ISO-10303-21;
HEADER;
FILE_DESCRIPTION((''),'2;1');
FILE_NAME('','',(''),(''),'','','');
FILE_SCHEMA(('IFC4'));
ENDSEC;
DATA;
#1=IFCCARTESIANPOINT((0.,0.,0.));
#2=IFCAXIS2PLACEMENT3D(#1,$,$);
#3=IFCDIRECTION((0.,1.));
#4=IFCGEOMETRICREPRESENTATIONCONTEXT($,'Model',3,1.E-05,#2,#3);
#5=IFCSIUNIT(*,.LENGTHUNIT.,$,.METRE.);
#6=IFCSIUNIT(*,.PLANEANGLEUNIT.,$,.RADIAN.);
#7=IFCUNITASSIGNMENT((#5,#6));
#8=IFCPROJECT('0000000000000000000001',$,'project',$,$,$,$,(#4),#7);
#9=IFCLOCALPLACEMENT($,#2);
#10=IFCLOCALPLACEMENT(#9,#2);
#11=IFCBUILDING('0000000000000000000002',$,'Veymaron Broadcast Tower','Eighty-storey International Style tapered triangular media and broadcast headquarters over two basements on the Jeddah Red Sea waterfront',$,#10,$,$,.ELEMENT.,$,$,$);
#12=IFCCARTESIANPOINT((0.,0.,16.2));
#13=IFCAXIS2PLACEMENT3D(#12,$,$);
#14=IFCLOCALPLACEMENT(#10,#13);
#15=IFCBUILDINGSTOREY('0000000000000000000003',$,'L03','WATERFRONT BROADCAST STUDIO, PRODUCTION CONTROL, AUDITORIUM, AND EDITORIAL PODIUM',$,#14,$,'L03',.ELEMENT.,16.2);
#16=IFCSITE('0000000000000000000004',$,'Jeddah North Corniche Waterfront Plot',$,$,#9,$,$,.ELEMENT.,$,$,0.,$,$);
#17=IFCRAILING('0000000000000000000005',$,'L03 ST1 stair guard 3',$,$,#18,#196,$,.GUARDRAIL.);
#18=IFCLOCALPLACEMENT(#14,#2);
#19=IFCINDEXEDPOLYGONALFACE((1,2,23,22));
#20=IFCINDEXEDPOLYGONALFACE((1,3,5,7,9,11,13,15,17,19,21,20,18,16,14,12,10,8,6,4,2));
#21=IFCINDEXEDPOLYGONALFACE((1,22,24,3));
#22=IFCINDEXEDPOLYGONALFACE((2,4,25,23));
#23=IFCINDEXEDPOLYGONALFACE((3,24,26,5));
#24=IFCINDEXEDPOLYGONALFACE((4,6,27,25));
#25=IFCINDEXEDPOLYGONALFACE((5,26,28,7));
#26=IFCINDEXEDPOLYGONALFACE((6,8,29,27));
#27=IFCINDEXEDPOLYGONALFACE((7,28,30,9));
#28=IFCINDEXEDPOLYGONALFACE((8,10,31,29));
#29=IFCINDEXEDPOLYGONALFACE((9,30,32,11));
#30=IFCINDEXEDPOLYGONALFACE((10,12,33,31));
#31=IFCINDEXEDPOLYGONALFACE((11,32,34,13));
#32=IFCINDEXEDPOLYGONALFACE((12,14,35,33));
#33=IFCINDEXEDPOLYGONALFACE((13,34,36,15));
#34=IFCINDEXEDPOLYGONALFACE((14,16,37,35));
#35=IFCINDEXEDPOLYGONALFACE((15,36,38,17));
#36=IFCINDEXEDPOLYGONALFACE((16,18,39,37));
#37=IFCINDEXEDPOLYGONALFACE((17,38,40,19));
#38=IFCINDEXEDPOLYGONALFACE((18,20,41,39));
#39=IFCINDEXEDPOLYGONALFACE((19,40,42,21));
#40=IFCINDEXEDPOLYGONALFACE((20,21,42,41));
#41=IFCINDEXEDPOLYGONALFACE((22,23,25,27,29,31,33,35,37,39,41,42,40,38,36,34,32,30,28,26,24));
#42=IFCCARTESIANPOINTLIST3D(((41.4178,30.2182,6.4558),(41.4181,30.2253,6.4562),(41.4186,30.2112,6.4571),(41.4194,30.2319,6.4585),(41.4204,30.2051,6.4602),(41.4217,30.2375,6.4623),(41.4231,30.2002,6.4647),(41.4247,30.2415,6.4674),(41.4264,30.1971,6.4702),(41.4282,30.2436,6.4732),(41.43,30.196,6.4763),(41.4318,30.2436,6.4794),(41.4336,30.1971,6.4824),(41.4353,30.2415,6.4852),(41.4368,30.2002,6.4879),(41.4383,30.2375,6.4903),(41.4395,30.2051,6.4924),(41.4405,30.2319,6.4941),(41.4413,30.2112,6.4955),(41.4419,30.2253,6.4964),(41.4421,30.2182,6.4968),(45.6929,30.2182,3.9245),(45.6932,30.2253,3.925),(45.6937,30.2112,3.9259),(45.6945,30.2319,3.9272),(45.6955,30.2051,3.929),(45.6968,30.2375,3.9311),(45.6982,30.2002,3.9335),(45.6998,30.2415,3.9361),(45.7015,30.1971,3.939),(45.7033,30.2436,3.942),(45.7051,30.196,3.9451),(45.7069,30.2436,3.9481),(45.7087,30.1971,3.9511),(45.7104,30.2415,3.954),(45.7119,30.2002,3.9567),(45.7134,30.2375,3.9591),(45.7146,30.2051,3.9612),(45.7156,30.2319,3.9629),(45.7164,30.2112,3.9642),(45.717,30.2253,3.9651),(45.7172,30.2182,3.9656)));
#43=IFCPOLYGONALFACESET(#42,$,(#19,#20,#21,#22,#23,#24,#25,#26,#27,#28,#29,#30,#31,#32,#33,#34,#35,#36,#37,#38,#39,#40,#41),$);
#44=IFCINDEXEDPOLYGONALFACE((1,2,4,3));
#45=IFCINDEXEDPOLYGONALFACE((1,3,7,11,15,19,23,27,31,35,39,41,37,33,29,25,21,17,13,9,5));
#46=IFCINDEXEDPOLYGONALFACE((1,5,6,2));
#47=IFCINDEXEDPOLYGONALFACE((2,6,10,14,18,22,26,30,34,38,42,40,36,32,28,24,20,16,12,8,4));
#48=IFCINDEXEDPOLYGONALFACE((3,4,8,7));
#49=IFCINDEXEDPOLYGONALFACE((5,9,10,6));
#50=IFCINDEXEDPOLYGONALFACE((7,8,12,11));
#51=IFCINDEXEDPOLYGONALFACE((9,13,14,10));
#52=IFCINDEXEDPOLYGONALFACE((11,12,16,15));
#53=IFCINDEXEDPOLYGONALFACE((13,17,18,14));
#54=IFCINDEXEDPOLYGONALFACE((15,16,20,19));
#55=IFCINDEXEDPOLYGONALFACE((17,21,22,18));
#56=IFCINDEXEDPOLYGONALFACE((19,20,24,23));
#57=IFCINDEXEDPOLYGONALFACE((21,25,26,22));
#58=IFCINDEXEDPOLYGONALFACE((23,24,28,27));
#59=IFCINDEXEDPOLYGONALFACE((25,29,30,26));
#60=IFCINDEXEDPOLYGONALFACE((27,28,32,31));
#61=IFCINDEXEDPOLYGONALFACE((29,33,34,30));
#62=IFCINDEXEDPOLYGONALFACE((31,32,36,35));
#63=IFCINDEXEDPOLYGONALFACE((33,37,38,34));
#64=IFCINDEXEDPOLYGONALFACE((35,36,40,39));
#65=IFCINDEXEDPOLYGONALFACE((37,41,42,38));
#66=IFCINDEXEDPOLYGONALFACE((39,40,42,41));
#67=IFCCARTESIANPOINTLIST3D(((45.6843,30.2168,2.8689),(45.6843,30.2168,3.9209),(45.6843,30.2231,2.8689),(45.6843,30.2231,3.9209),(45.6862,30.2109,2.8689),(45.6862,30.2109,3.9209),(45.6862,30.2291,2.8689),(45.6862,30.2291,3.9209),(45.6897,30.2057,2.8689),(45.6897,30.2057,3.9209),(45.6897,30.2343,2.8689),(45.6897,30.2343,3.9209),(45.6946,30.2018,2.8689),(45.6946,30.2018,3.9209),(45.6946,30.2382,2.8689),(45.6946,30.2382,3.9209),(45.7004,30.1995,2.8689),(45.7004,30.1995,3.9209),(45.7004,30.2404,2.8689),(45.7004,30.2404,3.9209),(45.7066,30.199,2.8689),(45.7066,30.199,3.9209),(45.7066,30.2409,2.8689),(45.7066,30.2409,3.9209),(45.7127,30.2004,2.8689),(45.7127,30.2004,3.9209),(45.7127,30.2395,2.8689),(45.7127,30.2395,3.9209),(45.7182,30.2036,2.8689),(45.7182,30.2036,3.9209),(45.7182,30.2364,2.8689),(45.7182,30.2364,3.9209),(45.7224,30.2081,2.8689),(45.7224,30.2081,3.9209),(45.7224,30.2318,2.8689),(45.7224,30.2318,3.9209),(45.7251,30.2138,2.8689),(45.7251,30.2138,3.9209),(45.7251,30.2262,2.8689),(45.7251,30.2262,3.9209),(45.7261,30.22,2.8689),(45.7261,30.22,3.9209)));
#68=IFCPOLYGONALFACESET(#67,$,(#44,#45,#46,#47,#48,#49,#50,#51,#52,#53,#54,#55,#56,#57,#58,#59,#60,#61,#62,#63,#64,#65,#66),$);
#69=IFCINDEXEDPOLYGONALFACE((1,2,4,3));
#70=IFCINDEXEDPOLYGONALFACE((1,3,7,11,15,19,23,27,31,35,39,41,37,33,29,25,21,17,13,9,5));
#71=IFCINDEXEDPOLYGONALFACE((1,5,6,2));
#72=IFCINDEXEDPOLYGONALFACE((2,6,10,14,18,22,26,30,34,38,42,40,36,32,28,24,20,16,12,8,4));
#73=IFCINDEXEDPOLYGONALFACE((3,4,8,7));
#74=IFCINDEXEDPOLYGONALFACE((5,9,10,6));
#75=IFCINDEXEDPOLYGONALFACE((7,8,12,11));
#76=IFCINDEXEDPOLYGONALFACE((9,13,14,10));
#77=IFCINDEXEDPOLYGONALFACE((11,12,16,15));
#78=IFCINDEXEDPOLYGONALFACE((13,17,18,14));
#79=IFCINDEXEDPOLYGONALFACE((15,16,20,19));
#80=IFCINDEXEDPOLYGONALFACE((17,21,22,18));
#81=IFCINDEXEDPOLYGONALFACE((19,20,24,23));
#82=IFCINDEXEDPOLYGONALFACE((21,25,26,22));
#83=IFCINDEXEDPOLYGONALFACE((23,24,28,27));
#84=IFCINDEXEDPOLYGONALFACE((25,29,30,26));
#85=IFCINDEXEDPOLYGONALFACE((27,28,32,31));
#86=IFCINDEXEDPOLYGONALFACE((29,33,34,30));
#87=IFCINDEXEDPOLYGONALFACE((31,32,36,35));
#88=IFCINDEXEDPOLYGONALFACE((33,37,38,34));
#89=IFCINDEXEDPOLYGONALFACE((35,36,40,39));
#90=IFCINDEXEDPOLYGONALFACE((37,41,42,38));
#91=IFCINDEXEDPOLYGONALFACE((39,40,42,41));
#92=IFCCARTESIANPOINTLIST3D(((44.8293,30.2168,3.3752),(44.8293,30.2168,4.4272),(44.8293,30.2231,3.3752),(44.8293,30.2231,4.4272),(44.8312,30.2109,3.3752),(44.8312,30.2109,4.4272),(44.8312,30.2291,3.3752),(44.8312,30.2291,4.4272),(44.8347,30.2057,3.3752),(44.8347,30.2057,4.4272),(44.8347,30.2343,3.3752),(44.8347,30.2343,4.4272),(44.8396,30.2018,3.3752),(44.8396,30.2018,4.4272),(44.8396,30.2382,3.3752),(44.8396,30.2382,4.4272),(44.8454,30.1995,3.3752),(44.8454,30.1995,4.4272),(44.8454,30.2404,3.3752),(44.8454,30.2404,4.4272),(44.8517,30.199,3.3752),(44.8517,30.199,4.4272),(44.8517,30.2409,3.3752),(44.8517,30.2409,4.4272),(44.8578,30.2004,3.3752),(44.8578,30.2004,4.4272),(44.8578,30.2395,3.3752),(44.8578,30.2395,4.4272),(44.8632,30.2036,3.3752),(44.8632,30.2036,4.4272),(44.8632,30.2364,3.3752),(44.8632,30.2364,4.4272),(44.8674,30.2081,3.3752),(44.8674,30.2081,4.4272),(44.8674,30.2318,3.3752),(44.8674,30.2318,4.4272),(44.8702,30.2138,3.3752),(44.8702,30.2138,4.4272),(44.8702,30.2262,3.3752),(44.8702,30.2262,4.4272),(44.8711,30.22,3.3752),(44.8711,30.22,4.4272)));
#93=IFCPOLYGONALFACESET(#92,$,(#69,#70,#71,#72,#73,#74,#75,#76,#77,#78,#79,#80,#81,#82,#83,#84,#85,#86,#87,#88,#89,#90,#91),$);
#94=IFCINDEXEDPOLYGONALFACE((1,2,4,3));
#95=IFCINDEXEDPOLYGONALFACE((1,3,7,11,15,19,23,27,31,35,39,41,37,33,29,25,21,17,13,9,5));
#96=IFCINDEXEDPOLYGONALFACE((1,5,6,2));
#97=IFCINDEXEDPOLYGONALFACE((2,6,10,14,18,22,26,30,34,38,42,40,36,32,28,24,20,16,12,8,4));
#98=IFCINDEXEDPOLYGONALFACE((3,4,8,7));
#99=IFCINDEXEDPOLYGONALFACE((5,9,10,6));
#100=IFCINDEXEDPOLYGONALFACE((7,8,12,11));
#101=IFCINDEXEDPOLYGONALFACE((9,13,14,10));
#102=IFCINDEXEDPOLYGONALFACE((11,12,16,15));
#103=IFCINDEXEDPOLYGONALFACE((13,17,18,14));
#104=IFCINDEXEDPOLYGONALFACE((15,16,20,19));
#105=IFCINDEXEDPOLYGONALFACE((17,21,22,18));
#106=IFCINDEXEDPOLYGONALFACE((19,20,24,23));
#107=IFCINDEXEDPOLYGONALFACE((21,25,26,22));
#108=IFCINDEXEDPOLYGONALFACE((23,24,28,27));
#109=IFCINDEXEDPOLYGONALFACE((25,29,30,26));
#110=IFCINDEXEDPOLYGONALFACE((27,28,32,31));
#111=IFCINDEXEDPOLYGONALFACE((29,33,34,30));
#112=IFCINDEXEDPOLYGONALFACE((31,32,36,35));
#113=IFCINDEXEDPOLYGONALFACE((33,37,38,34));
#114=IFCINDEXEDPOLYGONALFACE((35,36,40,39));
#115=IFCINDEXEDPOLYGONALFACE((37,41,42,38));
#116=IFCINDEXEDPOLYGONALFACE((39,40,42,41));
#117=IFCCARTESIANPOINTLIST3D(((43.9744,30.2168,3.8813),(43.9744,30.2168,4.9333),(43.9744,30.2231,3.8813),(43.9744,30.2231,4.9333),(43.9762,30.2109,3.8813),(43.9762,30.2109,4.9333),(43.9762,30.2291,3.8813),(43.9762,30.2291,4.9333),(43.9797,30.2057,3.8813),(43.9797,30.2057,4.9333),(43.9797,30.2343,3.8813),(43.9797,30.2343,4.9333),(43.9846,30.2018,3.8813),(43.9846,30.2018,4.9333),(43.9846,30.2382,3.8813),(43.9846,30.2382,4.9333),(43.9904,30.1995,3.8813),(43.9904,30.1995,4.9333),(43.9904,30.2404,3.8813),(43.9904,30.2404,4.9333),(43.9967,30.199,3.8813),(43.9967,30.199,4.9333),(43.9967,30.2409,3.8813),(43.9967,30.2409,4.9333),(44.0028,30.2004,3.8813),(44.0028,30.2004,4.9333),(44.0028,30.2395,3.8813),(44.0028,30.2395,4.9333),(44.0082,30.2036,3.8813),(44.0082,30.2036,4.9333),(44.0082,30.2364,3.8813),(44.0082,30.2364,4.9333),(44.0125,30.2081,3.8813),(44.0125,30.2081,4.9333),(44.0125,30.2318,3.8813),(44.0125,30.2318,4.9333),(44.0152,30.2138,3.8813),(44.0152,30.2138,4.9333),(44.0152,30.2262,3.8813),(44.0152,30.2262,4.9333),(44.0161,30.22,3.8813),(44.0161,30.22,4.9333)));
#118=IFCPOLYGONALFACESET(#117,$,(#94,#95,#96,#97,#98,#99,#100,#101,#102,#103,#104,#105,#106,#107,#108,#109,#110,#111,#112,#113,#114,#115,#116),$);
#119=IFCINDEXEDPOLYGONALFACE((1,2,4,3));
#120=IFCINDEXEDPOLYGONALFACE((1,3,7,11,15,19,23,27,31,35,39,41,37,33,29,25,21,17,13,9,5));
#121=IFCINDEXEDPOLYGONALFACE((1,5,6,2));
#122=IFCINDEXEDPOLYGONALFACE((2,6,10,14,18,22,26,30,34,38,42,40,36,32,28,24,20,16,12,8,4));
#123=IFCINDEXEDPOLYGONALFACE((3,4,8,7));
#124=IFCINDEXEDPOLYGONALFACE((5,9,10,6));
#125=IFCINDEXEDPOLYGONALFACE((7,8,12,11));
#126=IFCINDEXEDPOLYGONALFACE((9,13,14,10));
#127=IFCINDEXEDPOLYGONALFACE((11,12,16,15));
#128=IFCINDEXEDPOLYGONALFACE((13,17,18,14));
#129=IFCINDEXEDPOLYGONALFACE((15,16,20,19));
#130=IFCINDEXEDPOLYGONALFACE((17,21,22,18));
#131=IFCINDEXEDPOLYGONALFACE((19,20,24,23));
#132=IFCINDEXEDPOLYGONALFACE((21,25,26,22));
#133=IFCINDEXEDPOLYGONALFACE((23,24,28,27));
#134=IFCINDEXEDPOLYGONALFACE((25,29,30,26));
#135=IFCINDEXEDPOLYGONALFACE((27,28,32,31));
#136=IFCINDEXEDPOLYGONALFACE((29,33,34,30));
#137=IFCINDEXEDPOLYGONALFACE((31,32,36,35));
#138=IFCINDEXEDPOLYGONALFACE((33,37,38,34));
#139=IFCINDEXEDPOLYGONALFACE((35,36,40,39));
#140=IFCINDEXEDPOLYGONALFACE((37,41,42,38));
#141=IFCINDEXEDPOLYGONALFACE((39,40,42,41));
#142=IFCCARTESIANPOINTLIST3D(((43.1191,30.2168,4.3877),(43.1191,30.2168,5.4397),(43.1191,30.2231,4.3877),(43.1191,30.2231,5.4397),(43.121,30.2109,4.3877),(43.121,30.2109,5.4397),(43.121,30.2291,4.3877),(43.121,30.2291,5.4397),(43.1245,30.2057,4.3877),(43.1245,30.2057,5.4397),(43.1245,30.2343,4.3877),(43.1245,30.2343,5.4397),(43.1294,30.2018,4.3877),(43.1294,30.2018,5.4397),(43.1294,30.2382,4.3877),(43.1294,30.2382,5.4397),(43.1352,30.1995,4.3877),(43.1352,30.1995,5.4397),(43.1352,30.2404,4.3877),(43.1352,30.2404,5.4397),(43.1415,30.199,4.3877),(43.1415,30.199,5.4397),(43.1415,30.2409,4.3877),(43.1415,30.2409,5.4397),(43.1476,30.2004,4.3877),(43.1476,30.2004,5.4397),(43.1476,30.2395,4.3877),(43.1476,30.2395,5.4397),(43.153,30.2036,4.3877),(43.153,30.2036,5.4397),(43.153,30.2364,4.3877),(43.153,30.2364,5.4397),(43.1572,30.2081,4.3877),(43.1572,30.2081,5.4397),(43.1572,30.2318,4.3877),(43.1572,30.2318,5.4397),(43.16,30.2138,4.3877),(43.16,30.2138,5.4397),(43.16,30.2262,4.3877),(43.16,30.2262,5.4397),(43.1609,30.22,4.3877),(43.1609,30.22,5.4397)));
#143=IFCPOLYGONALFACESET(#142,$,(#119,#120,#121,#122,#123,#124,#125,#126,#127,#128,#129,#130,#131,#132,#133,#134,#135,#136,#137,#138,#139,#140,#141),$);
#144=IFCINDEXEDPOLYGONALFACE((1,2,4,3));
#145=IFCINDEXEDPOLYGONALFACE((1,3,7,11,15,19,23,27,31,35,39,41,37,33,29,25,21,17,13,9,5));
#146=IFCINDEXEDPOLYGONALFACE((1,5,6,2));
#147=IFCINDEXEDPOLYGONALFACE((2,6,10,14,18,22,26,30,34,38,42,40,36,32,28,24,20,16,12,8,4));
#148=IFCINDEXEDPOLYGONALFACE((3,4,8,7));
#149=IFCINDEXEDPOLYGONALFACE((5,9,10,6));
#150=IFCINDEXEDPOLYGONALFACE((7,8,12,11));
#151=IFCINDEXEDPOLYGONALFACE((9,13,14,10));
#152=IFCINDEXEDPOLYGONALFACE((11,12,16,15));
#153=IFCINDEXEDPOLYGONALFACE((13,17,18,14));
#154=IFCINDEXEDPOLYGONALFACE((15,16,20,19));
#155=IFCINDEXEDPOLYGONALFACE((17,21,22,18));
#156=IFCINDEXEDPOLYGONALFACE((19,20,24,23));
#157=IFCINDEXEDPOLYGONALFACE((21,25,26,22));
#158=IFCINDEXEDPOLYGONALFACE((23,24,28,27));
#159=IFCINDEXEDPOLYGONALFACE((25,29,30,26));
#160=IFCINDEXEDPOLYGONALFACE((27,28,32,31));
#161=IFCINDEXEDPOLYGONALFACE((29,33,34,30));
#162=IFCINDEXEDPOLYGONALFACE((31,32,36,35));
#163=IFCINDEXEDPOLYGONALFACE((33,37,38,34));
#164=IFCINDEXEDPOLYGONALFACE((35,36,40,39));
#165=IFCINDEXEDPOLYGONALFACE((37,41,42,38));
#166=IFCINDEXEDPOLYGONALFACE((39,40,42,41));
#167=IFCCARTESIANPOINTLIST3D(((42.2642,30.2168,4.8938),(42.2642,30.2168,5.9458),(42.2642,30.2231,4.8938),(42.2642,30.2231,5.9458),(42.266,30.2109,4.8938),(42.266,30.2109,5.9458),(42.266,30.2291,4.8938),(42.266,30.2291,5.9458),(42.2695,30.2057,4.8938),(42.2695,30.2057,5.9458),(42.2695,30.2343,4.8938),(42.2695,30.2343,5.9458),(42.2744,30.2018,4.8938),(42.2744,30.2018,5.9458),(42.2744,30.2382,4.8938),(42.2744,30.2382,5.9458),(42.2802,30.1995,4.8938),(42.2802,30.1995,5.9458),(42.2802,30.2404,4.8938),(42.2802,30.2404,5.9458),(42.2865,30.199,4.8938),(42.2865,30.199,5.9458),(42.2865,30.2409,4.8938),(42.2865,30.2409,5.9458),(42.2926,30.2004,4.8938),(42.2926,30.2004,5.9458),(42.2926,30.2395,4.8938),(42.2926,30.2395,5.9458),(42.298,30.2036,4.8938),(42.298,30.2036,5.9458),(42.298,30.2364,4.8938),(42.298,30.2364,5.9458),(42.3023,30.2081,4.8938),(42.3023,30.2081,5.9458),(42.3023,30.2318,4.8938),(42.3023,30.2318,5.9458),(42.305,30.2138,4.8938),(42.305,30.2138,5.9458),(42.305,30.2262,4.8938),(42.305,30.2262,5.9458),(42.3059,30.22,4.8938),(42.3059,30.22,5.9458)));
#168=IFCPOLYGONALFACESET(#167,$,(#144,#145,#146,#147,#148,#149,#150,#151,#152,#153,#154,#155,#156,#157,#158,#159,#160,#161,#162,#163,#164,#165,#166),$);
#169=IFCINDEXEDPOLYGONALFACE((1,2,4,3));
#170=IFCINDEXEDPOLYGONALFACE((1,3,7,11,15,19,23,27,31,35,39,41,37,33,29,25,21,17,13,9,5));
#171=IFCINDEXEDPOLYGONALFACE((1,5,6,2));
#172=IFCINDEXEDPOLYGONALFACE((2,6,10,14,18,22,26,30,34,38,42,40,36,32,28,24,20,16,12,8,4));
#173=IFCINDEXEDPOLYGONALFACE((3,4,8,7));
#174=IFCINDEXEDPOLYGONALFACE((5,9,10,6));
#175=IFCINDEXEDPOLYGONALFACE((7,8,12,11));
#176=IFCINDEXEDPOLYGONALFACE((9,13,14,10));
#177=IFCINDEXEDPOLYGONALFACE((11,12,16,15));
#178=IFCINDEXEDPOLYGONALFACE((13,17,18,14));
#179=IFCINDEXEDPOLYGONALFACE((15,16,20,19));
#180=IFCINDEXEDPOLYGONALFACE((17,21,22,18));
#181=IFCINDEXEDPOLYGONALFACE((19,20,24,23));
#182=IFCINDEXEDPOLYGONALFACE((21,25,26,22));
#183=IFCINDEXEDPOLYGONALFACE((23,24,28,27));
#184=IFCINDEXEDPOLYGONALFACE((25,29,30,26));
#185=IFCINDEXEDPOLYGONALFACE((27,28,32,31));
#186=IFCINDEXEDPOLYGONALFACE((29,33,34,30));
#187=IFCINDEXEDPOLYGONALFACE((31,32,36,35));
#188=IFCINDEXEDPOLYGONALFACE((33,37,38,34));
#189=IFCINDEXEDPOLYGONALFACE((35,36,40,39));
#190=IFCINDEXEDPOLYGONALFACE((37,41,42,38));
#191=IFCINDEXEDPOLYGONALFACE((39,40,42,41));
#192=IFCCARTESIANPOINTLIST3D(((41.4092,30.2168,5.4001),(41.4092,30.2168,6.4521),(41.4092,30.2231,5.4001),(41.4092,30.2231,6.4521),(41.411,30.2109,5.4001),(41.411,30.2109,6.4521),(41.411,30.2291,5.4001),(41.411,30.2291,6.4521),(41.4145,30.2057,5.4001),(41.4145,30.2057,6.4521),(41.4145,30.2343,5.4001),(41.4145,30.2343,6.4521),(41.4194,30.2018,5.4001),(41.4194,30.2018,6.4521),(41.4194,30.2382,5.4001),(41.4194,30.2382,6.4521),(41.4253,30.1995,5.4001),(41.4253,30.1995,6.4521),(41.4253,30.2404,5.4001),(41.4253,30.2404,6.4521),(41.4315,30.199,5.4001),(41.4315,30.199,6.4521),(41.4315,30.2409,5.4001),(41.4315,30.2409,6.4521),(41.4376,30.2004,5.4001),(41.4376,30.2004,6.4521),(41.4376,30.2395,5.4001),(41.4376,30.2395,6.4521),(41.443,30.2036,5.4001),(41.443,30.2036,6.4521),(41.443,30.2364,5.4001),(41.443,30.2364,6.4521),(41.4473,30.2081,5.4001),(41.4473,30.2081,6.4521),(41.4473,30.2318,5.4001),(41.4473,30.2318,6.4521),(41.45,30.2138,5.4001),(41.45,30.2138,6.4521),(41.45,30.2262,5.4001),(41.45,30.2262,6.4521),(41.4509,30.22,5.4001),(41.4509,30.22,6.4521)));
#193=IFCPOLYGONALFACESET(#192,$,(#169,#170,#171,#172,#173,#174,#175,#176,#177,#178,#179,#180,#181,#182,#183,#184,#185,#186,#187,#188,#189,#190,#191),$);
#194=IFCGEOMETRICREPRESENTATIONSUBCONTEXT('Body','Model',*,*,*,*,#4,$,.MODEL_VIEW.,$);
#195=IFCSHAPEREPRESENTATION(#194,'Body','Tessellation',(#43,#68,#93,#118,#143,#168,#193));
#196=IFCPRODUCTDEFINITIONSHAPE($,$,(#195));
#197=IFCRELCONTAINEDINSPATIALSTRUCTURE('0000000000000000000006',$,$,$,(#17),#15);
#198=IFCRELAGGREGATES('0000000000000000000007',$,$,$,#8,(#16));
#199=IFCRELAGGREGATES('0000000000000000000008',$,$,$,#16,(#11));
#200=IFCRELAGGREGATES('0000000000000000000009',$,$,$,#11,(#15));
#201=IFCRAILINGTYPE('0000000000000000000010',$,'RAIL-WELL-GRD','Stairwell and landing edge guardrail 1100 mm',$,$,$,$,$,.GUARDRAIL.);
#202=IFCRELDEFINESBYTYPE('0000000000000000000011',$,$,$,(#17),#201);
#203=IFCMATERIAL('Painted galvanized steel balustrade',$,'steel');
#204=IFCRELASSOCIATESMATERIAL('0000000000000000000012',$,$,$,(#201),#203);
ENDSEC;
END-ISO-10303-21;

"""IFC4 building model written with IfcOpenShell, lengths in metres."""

from ifc_helpers import new_model, si_unit, direction, frame, origin, origin_2d, place, context, subcontext, project, spatial, circle, extrude, material, type_object, element, save


model = new_model("IFC4")

# Units and contexts
model_context = context("Model", 3, precision=1e-05, world=origin(), true_north=direction((0.0, 1.0)))
body_context = subcontext(model_context, "Body", "Model", "MODEL_VIEW")
ifc_project = project(units=[si_unit("LENGTHUNIT", "METRE"), si_unit("PLANEANGLEUNIT", "RADIAN")], contexts=[model_context])

# Site, building, storey
site_placement = place(None, origin())
site = spatial("IfcSite", under=ifc_project, at=site_placement, Name="Jeddah North Corniche Waterfront Plot", CompositionType="ELEMENT", RefElevation=0.0)
building_placement = place(site_placement, origin())
building = spatial("IfcBuilding", under=site, at=building_placement, Name="Veymaron Broadcast Tower", Description="Eighty-storey International Style tapered triangular media and broadcast headquarters over two basements on the Jeddah Red Sea waterfront", CompositionType="ELEMENT")
storey_placement = place(building_placement, frame((0.0, 0.0, 16.2)))
storey = spatial("IfcBuildingStorey", under=building, at=storey_placement, Name="L03", Description="WATERFRONT BROADCAST STUDIO, PRODUCTION CONTROL, AUDITORIUM, AND EDITORIAL PODIUM", LongName="L03", CompositionType="ELEMENT", Elevation=16.2)

# Railing
ifc_material_1 = material(Name="Painted galvanized steel balustrade", Category="steel")
railing_type_1 = type_object("IfcRailingType", Name="RAIL-WELL-GRD", Description="Stairwell and landing edge guardrail 1100 mm", PredefinedType="GUARDRAIL", material=ifc_material_1)
railing_1_placement = place(storey_placement, frame((45.7051, 30.22, 2.8689)))
element("IfcRailing", 1, at=railing_1_placement, inside=storey, type_object=railing_type_1, Name="L03 ST1 stair guard 3", PredefinedType="GUARDRAIL", context=body_context, shape_type="SweptSolid", body=[
    extrude(circle(Radius=0.0239, at=origin_2d()), frame((0.0, 0.0, 1.0762), z_axis=(-0.860483, 0.0, 0.509479), x_axis=(0.0, -1.0, 0.0)), (0.0, 0.0, 1.0), 4.9683),
    extrude(circle(Radius=0.021, at=origin_2d()), origin(), (0.0, 0.0, 1.0), 1.052),
    extrude(circle(Radius=0.021, at=origin_2d()), frame((-0.855, 0.0, 0.5063)), (0.0, 0.0, 1.0), 1.052),
    extrude(circle(Radius=0.021, at=origin_2d()), frame((-1.71, 0.0, 1.0125)), (0.0, 0.0, 1.0), 1.052),
    extrude(circle(Radius=0.021, at=origin_2d()), frame((-2.5652, 0.0, 1.5188)), (0.0, 0.0, 1.0), 1.052),
    extrude(circle(Radius=0.021, at=origin_2d()), frame((-3.4202, 0.0, 2.0249)), (0.0, 0.0, 1.0), 1.052),
    extrude(circle(Radius=0.021, at=origin_2d()), frame((-4.2751, 0.0, 2.5312)), (0.0, 0.0, 1.0), 1.052),
])

save(model, "model.ifc")
